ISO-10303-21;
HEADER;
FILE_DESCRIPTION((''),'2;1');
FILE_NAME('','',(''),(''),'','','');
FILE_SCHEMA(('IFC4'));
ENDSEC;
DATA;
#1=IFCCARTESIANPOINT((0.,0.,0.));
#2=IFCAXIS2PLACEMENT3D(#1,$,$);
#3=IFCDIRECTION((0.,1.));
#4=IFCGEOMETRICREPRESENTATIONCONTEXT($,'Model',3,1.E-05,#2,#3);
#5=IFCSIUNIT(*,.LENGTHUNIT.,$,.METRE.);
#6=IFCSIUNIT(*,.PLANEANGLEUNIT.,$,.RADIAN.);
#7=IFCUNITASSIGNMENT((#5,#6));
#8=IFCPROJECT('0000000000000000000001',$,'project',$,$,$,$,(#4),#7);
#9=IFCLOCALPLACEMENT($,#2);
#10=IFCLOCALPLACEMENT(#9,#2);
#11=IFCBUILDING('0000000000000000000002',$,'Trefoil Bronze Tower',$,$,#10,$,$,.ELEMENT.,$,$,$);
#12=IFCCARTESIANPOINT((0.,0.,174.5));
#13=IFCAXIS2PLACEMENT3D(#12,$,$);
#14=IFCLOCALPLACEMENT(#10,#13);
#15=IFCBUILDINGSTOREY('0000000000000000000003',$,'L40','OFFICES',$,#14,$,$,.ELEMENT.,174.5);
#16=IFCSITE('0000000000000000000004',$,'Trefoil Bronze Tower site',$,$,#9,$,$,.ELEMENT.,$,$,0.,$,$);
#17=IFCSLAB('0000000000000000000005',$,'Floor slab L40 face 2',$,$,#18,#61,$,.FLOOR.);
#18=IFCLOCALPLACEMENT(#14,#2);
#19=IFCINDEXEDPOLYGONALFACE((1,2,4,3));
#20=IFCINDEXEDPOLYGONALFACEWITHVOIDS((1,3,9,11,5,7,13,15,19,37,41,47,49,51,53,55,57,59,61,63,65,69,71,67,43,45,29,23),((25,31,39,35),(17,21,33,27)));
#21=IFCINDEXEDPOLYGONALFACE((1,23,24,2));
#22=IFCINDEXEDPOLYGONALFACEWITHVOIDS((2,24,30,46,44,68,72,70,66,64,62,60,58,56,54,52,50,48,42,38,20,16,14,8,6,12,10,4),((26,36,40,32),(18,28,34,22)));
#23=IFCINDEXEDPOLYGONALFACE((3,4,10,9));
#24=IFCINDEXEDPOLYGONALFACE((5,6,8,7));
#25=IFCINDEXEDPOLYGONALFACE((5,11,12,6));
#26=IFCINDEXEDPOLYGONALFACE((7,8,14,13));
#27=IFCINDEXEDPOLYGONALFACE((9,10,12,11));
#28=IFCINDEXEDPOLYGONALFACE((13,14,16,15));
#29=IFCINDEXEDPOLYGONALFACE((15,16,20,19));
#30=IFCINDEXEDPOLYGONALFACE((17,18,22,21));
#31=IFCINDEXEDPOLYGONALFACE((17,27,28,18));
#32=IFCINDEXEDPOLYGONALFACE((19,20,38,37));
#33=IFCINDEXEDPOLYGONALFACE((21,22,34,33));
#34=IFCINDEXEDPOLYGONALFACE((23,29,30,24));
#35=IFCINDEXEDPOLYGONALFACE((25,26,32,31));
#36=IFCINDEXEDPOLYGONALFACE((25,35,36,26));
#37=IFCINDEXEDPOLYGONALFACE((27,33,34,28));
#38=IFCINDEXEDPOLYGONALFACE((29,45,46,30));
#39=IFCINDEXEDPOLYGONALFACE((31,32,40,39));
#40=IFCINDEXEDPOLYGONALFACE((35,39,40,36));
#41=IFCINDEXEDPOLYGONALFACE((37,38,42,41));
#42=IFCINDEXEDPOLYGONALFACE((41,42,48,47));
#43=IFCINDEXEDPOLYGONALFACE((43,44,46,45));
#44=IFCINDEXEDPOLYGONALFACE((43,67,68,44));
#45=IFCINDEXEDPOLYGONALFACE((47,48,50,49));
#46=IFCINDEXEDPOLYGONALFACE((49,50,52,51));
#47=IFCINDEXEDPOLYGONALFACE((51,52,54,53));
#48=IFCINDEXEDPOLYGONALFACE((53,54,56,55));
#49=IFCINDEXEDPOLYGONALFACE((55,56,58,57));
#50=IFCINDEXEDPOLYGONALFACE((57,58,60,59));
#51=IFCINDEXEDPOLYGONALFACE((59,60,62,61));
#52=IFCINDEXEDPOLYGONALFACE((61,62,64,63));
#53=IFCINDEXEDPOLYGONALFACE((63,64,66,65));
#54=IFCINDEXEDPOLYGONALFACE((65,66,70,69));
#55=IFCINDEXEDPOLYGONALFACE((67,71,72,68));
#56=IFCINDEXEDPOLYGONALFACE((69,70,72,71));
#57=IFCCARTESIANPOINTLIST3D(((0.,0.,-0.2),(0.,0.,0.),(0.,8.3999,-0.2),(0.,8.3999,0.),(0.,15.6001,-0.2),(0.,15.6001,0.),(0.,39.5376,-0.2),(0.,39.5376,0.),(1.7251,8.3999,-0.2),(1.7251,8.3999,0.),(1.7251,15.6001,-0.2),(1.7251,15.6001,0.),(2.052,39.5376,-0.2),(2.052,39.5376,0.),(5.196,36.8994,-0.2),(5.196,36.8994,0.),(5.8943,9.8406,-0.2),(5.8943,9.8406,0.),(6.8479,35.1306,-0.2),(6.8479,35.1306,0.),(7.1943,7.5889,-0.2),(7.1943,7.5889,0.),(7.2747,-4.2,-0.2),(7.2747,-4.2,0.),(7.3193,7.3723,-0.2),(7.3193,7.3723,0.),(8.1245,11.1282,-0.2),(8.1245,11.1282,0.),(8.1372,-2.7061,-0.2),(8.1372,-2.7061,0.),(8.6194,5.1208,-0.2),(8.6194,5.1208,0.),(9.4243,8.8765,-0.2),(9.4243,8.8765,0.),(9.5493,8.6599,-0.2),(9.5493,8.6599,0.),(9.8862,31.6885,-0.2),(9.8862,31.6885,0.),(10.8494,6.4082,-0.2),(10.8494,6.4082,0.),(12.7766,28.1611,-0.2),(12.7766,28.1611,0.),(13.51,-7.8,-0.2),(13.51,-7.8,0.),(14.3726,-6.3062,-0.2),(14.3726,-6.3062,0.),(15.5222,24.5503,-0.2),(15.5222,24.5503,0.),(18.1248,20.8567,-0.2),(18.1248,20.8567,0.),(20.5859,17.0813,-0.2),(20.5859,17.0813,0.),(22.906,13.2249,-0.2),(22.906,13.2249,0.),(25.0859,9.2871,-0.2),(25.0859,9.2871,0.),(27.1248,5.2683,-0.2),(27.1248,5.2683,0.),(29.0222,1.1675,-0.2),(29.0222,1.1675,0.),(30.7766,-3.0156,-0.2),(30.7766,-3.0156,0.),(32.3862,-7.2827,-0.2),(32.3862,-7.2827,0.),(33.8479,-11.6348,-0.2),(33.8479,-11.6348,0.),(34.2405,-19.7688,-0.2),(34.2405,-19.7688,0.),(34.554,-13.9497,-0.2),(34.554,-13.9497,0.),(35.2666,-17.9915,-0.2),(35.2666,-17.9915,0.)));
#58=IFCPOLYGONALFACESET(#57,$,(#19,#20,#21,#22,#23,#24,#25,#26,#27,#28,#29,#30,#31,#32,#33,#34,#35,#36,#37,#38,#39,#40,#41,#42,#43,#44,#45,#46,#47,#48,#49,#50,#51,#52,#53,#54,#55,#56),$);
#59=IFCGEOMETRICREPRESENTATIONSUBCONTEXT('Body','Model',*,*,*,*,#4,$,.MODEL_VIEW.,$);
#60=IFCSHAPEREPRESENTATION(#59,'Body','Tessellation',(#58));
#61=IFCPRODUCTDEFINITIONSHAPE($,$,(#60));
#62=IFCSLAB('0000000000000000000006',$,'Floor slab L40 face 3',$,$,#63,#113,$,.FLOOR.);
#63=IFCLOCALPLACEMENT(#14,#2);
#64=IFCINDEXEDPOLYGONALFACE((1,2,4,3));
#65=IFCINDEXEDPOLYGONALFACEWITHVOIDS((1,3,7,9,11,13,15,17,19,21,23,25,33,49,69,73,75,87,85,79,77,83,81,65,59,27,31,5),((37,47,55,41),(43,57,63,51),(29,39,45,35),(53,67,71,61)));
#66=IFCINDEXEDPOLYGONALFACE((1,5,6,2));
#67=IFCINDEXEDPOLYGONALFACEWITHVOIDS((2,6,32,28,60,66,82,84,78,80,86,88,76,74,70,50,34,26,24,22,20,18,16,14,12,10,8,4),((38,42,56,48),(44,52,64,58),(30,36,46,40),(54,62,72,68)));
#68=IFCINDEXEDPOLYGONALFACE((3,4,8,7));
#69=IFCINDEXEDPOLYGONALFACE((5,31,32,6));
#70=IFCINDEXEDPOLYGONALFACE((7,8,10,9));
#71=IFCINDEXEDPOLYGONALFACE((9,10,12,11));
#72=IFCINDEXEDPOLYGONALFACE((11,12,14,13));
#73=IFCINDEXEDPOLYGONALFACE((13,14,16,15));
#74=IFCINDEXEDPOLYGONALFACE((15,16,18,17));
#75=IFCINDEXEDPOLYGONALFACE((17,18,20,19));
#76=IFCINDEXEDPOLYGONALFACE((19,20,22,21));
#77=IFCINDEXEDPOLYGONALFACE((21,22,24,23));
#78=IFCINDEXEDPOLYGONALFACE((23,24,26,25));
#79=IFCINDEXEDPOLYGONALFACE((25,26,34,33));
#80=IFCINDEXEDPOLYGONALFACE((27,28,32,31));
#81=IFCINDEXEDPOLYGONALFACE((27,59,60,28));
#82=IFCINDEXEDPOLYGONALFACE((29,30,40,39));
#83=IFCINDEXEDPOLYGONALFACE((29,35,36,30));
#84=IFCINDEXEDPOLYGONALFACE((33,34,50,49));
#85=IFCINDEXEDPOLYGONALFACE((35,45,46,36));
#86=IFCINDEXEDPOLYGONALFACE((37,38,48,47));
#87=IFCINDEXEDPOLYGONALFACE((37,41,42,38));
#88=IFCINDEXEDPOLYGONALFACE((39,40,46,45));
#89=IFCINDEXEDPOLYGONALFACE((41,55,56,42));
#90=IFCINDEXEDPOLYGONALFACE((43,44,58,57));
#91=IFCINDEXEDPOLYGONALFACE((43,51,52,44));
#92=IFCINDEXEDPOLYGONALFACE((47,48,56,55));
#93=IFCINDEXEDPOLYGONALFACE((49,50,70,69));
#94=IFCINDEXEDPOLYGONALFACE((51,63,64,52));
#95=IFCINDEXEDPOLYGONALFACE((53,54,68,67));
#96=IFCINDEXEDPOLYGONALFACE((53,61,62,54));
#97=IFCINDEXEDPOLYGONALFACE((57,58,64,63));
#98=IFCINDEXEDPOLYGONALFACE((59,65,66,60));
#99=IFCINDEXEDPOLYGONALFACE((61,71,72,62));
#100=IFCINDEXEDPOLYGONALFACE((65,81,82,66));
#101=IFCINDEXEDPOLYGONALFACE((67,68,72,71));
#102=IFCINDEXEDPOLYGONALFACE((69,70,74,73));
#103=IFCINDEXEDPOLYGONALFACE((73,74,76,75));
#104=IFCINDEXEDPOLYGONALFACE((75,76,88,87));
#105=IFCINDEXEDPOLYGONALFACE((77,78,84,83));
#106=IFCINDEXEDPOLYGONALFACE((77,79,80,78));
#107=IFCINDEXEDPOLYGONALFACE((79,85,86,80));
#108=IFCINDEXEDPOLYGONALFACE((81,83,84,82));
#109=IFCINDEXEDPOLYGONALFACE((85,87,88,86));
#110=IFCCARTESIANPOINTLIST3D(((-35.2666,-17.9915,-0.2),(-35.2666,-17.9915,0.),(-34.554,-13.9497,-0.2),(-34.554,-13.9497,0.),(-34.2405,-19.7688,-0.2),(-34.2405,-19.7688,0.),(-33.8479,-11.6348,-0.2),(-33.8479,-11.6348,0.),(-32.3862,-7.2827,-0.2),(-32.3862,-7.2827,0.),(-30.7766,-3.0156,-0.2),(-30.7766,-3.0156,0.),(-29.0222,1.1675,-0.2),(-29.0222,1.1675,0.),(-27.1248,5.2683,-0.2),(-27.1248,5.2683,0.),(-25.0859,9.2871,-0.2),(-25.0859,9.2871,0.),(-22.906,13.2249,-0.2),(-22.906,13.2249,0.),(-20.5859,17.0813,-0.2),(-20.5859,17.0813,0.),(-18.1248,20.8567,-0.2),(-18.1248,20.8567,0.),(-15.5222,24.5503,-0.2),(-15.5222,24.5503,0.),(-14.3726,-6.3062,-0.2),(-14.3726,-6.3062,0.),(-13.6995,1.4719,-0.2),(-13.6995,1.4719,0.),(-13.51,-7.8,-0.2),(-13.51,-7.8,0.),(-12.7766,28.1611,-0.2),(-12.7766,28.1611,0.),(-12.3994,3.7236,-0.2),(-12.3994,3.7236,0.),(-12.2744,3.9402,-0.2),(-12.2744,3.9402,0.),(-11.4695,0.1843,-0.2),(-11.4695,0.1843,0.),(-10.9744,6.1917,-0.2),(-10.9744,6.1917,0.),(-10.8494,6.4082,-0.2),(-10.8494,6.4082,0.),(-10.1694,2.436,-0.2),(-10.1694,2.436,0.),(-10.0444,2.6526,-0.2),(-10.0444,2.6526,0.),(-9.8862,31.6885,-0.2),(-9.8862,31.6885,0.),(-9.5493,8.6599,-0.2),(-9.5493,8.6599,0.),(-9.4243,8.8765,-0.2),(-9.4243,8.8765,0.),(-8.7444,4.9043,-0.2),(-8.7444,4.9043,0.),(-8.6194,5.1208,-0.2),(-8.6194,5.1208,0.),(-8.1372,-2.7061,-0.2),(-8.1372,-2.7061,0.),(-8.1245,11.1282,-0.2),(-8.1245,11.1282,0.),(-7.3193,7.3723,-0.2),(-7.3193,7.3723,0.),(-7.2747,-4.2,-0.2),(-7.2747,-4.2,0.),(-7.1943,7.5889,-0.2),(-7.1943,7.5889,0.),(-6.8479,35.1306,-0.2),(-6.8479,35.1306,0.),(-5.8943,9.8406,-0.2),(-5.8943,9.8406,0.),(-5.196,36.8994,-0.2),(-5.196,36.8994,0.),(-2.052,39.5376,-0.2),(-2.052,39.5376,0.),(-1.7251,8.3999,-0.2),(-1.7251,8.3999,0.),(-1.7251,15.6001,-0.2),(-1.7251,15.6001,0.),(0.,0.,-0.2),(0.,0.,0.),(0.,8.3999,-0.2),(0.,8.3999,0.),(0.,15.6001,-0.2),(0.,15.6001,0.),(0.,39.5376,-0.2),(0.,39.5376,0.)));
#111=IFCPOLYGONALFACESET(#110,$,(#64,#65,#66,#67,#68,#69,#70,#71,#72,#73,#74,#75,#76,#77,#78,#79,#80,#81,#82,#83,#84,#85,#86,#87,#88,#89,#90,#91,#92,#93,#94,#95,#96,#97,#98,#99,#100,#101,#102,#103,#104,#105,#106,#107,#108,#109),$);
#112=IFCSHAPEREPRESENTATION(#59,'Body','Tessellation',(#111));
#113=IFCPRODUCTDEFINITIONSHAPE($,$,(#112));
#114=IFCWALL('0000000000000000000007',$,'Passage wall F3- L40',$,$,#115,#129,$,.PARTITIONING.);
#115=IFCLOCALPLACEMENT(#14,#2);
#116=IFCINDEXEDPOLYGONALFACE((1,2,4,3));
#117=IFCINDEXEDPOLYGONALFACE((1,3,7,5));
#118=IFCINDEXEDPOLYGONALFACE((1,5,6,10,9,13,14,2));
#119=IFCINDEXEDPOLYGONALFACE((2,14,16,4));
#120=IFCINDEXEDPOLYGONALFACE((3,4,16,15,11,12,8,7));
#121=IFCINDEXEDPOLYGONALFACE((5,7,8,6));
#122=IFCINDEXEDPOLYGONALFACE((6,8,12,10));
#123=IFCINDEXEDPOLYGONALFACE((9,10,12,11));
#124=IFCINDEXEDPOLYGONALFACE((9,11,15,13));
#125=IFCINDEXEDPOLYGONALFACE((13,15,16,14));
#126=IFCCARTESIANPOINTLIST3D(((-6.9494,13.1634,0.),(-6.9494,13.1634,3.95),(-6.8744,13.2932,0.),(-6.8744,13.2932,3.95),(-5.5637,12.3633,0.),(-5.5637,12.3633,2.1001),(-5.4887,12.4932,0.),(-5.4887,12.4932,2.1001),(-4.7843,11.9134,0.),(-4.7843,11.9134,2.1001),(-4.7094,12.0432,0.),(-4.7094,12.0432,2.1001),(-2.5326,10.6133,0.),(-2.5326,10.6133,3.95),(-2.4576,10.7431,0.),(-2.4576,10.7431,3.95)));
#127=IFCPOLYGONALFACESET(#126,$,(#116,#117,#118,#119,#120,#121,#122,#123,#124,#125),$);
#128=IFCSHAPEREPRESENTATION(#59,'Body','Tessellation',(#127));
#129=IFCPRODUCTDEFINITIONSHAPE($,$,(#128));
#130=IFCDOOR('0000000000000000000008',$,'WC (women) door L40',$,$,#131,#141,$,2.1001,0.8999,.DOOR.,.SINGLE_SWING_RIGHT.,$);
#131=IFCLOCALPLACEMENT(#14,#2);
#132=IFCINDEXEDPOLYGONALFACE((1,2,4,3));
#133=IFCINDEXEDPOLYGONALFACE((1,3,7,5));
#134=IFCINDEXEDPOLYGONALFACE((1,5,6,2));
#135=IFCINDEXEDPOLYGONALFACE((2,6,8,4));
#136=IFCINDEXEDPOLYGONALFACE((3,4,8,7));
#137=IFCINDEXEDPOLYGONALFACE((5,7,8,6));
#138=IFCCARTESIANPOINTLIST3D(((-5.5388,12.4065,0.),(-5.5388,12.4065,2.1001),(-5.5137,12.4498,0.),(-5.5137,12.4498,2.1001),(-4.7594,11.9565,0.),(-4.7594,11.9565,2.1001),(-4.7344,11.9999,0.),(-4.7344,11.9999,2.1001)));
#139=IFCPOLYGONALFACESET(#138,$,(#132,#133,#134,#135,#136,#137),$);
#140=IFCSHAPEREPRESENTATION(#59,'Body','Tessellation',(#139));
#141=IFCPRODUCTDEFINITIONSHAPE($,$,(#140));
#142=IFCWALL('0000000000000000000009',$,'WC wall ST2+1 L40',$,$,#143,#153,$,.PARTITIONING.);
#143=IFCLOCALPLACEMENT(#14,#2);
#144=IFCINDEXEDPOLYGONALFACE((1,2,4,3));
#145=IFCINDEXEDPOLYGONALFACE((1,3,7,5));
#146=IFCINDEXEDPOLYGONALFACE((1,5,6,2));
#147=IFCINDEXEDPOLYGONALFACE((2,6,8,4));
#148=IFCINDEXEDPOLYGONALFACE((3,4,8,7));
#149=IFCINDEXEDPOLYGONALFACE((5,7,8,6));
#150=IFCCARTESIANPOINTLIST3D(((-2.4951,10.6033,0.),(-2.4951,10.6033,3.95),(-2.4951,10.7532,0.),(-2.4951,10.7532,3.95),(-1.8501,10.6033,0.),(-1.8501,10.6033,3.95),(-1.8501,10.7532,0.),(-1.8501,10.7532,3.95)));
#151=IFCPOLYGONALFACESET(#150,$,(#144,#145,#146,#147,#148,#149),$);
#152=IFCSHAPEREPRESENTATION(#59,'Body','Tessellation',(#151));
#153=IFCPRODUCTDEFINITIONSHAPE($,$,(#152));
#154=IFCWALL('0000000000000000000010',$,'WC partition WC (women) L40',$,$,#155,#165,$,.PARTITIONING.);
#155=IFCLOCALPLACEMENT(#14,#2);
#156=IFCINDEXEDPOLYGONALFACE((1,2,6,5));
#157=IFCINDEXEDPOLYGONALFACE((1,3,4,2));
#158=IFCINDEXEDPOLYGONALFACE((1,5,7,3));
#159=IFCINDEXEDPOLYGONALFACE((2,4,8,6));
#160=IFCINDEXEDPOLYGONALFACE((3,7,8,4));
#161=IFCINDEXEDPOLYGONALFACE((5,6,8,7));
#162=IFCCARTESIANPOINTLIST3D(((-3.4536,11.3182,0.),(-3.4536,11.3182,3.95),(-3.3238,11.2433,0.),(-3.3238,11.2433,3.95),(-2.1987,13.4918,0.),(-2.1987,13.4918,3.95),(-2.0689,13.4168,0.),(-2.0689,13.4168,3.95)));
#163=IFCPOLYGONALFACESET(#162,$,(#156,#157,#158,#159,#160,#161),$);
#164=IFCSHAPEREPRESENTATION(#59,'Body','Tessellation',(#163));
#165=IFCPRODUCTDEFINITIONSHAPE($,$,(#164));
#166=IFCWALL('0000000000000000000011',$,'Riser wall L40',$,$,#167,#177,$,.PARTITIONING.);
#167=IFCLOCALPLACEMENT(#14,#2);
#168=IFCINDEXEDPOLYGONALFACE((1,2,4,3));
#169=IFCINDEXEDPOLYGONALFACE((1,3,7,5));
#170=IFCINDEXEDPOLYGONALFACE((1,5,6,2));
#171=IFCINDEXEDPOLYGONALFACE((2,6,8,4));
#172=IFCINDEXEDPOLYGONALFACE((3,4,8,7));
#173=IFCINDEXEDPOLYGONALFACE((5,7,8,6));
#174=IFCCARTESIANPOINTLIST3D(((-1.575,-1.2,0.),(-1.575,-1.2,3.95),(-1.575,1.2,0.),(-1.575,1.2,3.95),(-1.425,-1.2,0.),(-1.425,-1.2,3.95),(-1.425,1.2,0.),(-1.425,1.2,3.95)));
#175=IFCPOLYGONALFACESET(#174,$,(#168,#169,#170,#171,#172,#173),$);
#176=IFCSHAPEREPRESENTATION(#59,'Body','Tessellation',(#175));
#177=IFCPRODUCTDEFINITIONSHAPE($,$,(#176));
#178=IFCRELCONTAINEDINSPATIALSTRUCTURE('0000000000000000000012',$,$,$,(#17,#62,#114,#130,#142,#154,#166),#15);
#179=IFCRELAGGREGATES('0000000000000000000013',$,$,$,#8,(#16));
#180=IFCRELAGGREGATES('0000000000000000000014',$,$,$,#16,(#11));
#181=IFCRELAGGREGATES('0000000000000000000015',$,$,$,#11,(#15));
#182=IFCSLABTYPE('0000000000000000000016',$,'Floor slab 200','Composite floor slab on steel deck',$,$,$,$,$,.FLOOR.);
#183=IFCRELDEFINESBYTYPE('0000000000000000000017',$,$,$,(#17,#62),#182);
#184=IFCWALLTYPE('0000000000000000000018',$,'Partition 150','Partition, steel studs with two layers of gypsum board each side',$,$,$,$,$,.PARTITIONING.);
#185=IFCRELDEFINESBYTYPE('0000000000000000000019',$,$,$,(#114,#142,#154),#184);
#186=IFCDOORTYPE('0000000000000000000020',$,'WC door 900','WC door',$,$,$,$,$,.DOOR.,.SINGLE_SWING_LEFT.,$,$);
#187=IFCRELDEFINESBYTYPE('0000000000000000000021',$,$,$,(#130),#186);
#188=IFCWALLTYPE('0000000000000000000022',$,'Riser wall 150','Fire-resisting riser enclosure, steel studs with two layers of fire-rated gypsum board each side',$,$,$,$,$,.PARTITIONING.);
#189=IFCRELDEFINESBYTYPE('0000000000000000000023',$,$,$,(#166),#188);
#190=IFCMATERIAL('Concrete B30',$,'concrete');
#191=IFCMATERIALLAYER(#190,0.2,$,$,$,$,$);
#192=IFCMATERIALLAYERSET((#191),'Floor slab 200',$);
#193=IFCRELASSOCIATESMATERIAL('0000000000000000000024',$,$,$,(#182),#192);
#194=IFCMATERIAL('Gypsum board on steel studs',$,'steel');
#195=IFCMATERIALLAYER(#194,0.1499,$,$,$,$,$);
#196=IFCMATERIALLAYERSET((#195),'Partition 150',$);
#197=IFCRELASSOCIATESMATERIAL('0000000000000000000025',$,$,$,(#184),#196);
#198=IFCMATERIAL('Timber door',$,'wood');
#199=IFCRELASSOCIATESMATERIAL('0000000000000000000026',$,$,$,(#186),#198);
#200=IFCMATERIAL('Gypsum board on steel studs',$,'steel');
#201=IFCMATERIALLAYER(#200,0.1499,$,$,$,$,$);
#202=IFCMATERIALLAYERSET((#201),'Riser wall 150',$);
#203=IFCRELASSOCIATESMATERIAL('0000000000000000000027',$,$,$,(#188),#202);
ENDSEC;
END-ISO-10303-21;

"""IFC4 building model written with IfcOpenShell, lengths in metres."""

from ifc_helpers import new_model, si_unit, direction, frame, frame_2d, origin, place, context, subcontext, project, spatial, polyline, rectangle, outline, extrude, material, layer, layer_set, type_object, element, fill, save


model = new_model("IFC4")

# Units and contexts
model_context = context("Model", 3, precision=1e-05, world=origin(), true_north=direction((0.0, 1.0)))
body_context = subcontext(model_context, "Body", "Model", "MODEL_VIEW")
ifc_project = project(units=[si_unit("LENGTHUNIT", "METRE"), si_unit("PLANEANGLEUNIT", "RADIAN")], contexts=[model_context])

# Site, building, storey
site_placement = place(None, origin())
site = spatial("IfcSite", under=ifc_project, at=site_placement, Name="Trefoil Bronze Tower site", CompositionType="ELEMENT", RefElevation=0.0)
building_placement = place(site_placement, origin())
building = spatial("IfcBuilding", under=site, at=building_placement, Name="Trefoil Bronze Tower", CompositionType="ELEMENT")
storey_placement = place(building_placement, frame((0.0, 0.0, 174.5)))
storey = spatial("IfcBuildingStorey", under=building, at=storey_placement, Name="L40", Description="OFFICES", CompositionType="ELEMENT", Elevation=174.5)

# Slabs
ifc_material_1 = material(Name="Concrete B30", Category="concrete")
ifc_layer_1 = layer(ifc_material_1, 0.2)
ifc_layer_set_1 = layer_set([ifc_layer_1], Name="Floor slab 200")
slab_type = type_object("IfcSlabType", Name="Floor slab 200", Description="Composite floor slab on steel deck", PredefinedType="FLOOR", material=ifc_layer_set_1)
slab_1_placement = place(storey_placement, frame((0.0, 0.0, -0.2)))
element("IfcSlab", 1, at=slab_1_placement, inside=storey, type_object=slab_type, Name="Floor slab L40 face 2", PredefinedType="FLOOR", context=body_context, shape_type="SweptSolid", body=[
    extrude(outline(polyline([(9.8862, 31.6885), (12.7766, 28.1611), (15.5222, 24.5503), (18.1248, 20.8567), (20.5859, 17.0813), (22.906, 13.2249), (25.0859, 9.2871), (27.1248, 5.2683), (29.0222, 1.1675), (30.7766, -3.0156), (32.3862, -7.2827), (33.8479, -11.6348), (34.554, -13.9497), (35.2666, -17.9915), (34.2405, -19.7688), (13.51, -7.8), (14.3726, -6.3062), (8.1372, -2.7061), (7.2747, -4.2), (0.0, 0.0), (0.0, 8.3999), (1.7251, 8.3999), (1.7251, 15.6001), (0.0, 15.6001), (0.0, 39.5376), (2.052, 39.5376), (5.196, 36.8994), (6.8479, 35.1306), (9.8862, 31.6885)]), holes=[polyline([(8.6194, 5.1208), (7.3193, 7.3723), (9.5493, 8.6599), (10.8494, 6.4082), (8.6194, 5.1208)]), polyline([(7.1943, 7.5889), (5.8943, 9.8406), (8.1245, 11.1282), (9.4243, 8.8765), (7.1943, 7.5889)])]), origin(), (0.0, 0.0, 1.0), 0.2),
])
slab_2_placement = place(storey_placement, frame((0.0, 0.0, -0.2)))
element("IfcSlab", 2, at=slab_2_placement, inside=storey, type_object=slab_type, Name="Floor slab L40 face 3", PredefinedType="FLOOR", context=body_context, shape_type="SweptSolid", body=[
    extrude(outline(polyline([(-32.3862, -7.2827), (-30.7766, -3.0156), (-29.0222, 1.1675), (-27.1248, 5.2683), (-25.0859, 9.2871), (-22.906, 13.2249), (-20.5859, 17.0813), (-18.1248, 20.8567), (-15.5222, 24.5503), (-12.7766, 28.1611), (-9.8862, 31.6885), (-6.8479, 35.1306), (-5.196, 36.8994), (-2.052, 39.5376), (0.0, 39.5376), (0.0, 15.6001), (-1.7251, 15.6001), (-1.7251, 8.3999), (0.0, 8.3999), (0.0, 0.0), (-7.2747, -4.2), (-8.1372, -2.7061), (-14.3726, -6.3062), (-13.51, -7.8), (-34.2405, -19.7688), (-35.2666, -17.9915), (-34.554, -13.9497), (-33.8479, -11.6348), (-32.3862, -7.2827)]), holes=[polyline([(-5.8943, 9.8406), (-7.1943, 7.5889), (-9.4243, 8.8765), (-8.1245, 11.1282), (-5.8943, 9.8406)]), polyline([(-7.3193, 7.3723), (-8.6194, 5.1208), (-10.8494, 6.4082), (-9.5493, 8.6599), (-7.3193, 7.3723)]), polyline([(-8.7444, 4.9043), (-10.0444, 2.6526), (-12.2744, 3.9402), (-10.9744, 6.1917), (-8.7444, 4.9043)]), polyline([(-10.1694, 2.436), (-11.4695, 0.1843), (-13.6995, 1.4719), (-12.3994, 3.7236), (-10.1694, 2.436)])]), origin(), (0.0, 0.0, 1.0), 0.2),
])

# Wall, opening, door
ifc_material_2 = material(Name="Gypsum board on steel studs", Category="steel")
ifc_layer_2 = layer(ifc_material_2, 0.1499)
ifc_layer_set_2 = layer_set([ifc_layer_2], Name="Partition 150")
wall_type_1 = type_object("IfcWallType", Name="Partition 150", Description="Partition, steel studs with two layers of gypsum board each side", PredefinedType="PARTITIONING", material=ifc_layer_set_2)
wall_1_placement = place(storey_placement, frame((-2.4951, 10.6782, 0.0), z_axis=(0.0, 0.0, 1.0), x_axis=(-0.866022, 0.500006, 0.0)))
wall_1 = element("IfcWall", 3, at=wall_1_placement, inside=storey, type_object=wall_type_1, Name="Passage wall F3- L40", PredefinedType="PARTITIONING", context=body_context, shape_type="SweptSolid", body=[
    extrude(rectangle(XDim=5.1001, YDim=0.1499, at=frame_2d((2.55, 0.0))), origin(), (0.0, 0.0, 1.0), 3.95),
])
opening_placement = place(wall_1_placement, frame((2.6001, 0.0, 0.0)))
opening = element("IfcOpeningElement", 4, at=opening_placement, cuts=wall_1, PredefinedType="OPENING", context=body_context, shape_type="SweptSolid", body=[
    extrude(rectangle(XDim=0.8999, YDim=2.1001, at=frame_2d((0.45, 1.05))), frame((0.0, 0.085, 0.0), z_axis=(0.0, -1.0, 0.0), x_axis=(1.0, 0.0, 0.0)), (0.0, 0.0, 1.0), 0.1699),
])
ifc_material_3 = material(Name="Timber door", Category="wood")
door_type = type_object("IfcDoorType", Name="WC door 900", Description="WC door", OperationType="SINGLE_SWING_LEFT", PredefinedType="DOOR", material=ifc_material_3)
door_placement = place(opening_placement, frame((0.8999, 0.0, 0.0), z_axis=(0.0, 0.0, 1.0), x_axis=(-1.0, 0.0, 0.0)))
door = element("IfcDoor", 5, at=door_placement, inside=storey, type_object=door_type, Name="WC (women) door L40", OperationType="SINGLE_SWING_RIGHT", OverallHeight=2.1001, OverallWidth=0.8999, PredefinedType="DOOR", context=body_context, shape_type="SweptSolid", body=[
    extrude(rectangle(XDim=0.8999, YDim=2.1001, at=frame_2d((0.45, 1.05))), frame((0.0, 0.0249, 0.0), z_axis=(0.0, -1.0, 0.0), x_axis=(1.0, 0.0, 0.0)), (0.0, 0.0, 1.0), 0.05),
])
fill(opening, door)

# Walls
wall_2_placement = place(storey_placement, frame((-2.4951, 10.6782, 0.0), z_axis=(0.0, 0.0, 1.0), x_axis=(1.0, 0.0, 0.0)))
element("IfcWall", 6, at=wall_2_placement, inside=storey, type_object=wall_type_1, Name="WC wall ST2+1 L40", PredefinedType="PARTITIONING", context=body_context, shape_type="SweptSolid", body=[
    extrude(rectangle(XDim=0.645, YDim=0.1499, at=frame_2d((0.3225, 0.0))), origin(), (0.0, 0.0, 1.0), 3.95),
])
wall_3_placement = place(storey_placement, frame((-3.3887, 11.2808, 0.0), z_axis=(0.0, 0.0, 1.0), x_axis=(0.499989, 0.866032, 0.0)))
element("IfcWall", 7, at=wall_3_placement, inside=storey, type_object=wall_type_1, Name="WC partition WC (women) L40", PredefinedType="PARTITIONING", context=body_context, shape_type="SweptSolid", body=[
    extrude(rectangle(XDim=2.5098, YDim=0.1499, at=frame_2d((1.2549, 0.0))), origin(), (0.0, 0.0, 1.0), 3.95),
])
ifc_material_4 = material(Name="Gypsum board on steel studs", Category="steel")
ifc_layer_3 = layer(ifc_material_4, 0.1499)
ifc_layer_set_3 = layer_set([ifc_layer_3], Name="Riser wall 150")
wall_type_2 = type_object("IfcWallType", Name="Riser wall 150", Description="Fire-resisting riser enclosure, steel studs with two layers of fire-rated gypsum board each side", PredefinedType="PARTITIONING", material=ifc_layer_set_3)
wall_4_placement = place(storey_placement, frame((-1.5, 1.2, 0.0), z_axis=(0.0, 0.0, 1.0), x_axis=(0.0, -1.0, 0.0)))
element("IfcWall", 8, at=wall_4_placement, inside=storey, type_object=wall_type_2, Name="Riser wall L40", PredefinedType="PARTITIONING", context=body_context, shape_type="SweptSolid", body=[
    extrude(rectangle(XDim=2.3999, YDim=0.1499, at=frame_2d((1.2, 0.0))), origin(), (0.0, 0.0, 1.0), 3.95),
])

save(model, "model.ifc")
